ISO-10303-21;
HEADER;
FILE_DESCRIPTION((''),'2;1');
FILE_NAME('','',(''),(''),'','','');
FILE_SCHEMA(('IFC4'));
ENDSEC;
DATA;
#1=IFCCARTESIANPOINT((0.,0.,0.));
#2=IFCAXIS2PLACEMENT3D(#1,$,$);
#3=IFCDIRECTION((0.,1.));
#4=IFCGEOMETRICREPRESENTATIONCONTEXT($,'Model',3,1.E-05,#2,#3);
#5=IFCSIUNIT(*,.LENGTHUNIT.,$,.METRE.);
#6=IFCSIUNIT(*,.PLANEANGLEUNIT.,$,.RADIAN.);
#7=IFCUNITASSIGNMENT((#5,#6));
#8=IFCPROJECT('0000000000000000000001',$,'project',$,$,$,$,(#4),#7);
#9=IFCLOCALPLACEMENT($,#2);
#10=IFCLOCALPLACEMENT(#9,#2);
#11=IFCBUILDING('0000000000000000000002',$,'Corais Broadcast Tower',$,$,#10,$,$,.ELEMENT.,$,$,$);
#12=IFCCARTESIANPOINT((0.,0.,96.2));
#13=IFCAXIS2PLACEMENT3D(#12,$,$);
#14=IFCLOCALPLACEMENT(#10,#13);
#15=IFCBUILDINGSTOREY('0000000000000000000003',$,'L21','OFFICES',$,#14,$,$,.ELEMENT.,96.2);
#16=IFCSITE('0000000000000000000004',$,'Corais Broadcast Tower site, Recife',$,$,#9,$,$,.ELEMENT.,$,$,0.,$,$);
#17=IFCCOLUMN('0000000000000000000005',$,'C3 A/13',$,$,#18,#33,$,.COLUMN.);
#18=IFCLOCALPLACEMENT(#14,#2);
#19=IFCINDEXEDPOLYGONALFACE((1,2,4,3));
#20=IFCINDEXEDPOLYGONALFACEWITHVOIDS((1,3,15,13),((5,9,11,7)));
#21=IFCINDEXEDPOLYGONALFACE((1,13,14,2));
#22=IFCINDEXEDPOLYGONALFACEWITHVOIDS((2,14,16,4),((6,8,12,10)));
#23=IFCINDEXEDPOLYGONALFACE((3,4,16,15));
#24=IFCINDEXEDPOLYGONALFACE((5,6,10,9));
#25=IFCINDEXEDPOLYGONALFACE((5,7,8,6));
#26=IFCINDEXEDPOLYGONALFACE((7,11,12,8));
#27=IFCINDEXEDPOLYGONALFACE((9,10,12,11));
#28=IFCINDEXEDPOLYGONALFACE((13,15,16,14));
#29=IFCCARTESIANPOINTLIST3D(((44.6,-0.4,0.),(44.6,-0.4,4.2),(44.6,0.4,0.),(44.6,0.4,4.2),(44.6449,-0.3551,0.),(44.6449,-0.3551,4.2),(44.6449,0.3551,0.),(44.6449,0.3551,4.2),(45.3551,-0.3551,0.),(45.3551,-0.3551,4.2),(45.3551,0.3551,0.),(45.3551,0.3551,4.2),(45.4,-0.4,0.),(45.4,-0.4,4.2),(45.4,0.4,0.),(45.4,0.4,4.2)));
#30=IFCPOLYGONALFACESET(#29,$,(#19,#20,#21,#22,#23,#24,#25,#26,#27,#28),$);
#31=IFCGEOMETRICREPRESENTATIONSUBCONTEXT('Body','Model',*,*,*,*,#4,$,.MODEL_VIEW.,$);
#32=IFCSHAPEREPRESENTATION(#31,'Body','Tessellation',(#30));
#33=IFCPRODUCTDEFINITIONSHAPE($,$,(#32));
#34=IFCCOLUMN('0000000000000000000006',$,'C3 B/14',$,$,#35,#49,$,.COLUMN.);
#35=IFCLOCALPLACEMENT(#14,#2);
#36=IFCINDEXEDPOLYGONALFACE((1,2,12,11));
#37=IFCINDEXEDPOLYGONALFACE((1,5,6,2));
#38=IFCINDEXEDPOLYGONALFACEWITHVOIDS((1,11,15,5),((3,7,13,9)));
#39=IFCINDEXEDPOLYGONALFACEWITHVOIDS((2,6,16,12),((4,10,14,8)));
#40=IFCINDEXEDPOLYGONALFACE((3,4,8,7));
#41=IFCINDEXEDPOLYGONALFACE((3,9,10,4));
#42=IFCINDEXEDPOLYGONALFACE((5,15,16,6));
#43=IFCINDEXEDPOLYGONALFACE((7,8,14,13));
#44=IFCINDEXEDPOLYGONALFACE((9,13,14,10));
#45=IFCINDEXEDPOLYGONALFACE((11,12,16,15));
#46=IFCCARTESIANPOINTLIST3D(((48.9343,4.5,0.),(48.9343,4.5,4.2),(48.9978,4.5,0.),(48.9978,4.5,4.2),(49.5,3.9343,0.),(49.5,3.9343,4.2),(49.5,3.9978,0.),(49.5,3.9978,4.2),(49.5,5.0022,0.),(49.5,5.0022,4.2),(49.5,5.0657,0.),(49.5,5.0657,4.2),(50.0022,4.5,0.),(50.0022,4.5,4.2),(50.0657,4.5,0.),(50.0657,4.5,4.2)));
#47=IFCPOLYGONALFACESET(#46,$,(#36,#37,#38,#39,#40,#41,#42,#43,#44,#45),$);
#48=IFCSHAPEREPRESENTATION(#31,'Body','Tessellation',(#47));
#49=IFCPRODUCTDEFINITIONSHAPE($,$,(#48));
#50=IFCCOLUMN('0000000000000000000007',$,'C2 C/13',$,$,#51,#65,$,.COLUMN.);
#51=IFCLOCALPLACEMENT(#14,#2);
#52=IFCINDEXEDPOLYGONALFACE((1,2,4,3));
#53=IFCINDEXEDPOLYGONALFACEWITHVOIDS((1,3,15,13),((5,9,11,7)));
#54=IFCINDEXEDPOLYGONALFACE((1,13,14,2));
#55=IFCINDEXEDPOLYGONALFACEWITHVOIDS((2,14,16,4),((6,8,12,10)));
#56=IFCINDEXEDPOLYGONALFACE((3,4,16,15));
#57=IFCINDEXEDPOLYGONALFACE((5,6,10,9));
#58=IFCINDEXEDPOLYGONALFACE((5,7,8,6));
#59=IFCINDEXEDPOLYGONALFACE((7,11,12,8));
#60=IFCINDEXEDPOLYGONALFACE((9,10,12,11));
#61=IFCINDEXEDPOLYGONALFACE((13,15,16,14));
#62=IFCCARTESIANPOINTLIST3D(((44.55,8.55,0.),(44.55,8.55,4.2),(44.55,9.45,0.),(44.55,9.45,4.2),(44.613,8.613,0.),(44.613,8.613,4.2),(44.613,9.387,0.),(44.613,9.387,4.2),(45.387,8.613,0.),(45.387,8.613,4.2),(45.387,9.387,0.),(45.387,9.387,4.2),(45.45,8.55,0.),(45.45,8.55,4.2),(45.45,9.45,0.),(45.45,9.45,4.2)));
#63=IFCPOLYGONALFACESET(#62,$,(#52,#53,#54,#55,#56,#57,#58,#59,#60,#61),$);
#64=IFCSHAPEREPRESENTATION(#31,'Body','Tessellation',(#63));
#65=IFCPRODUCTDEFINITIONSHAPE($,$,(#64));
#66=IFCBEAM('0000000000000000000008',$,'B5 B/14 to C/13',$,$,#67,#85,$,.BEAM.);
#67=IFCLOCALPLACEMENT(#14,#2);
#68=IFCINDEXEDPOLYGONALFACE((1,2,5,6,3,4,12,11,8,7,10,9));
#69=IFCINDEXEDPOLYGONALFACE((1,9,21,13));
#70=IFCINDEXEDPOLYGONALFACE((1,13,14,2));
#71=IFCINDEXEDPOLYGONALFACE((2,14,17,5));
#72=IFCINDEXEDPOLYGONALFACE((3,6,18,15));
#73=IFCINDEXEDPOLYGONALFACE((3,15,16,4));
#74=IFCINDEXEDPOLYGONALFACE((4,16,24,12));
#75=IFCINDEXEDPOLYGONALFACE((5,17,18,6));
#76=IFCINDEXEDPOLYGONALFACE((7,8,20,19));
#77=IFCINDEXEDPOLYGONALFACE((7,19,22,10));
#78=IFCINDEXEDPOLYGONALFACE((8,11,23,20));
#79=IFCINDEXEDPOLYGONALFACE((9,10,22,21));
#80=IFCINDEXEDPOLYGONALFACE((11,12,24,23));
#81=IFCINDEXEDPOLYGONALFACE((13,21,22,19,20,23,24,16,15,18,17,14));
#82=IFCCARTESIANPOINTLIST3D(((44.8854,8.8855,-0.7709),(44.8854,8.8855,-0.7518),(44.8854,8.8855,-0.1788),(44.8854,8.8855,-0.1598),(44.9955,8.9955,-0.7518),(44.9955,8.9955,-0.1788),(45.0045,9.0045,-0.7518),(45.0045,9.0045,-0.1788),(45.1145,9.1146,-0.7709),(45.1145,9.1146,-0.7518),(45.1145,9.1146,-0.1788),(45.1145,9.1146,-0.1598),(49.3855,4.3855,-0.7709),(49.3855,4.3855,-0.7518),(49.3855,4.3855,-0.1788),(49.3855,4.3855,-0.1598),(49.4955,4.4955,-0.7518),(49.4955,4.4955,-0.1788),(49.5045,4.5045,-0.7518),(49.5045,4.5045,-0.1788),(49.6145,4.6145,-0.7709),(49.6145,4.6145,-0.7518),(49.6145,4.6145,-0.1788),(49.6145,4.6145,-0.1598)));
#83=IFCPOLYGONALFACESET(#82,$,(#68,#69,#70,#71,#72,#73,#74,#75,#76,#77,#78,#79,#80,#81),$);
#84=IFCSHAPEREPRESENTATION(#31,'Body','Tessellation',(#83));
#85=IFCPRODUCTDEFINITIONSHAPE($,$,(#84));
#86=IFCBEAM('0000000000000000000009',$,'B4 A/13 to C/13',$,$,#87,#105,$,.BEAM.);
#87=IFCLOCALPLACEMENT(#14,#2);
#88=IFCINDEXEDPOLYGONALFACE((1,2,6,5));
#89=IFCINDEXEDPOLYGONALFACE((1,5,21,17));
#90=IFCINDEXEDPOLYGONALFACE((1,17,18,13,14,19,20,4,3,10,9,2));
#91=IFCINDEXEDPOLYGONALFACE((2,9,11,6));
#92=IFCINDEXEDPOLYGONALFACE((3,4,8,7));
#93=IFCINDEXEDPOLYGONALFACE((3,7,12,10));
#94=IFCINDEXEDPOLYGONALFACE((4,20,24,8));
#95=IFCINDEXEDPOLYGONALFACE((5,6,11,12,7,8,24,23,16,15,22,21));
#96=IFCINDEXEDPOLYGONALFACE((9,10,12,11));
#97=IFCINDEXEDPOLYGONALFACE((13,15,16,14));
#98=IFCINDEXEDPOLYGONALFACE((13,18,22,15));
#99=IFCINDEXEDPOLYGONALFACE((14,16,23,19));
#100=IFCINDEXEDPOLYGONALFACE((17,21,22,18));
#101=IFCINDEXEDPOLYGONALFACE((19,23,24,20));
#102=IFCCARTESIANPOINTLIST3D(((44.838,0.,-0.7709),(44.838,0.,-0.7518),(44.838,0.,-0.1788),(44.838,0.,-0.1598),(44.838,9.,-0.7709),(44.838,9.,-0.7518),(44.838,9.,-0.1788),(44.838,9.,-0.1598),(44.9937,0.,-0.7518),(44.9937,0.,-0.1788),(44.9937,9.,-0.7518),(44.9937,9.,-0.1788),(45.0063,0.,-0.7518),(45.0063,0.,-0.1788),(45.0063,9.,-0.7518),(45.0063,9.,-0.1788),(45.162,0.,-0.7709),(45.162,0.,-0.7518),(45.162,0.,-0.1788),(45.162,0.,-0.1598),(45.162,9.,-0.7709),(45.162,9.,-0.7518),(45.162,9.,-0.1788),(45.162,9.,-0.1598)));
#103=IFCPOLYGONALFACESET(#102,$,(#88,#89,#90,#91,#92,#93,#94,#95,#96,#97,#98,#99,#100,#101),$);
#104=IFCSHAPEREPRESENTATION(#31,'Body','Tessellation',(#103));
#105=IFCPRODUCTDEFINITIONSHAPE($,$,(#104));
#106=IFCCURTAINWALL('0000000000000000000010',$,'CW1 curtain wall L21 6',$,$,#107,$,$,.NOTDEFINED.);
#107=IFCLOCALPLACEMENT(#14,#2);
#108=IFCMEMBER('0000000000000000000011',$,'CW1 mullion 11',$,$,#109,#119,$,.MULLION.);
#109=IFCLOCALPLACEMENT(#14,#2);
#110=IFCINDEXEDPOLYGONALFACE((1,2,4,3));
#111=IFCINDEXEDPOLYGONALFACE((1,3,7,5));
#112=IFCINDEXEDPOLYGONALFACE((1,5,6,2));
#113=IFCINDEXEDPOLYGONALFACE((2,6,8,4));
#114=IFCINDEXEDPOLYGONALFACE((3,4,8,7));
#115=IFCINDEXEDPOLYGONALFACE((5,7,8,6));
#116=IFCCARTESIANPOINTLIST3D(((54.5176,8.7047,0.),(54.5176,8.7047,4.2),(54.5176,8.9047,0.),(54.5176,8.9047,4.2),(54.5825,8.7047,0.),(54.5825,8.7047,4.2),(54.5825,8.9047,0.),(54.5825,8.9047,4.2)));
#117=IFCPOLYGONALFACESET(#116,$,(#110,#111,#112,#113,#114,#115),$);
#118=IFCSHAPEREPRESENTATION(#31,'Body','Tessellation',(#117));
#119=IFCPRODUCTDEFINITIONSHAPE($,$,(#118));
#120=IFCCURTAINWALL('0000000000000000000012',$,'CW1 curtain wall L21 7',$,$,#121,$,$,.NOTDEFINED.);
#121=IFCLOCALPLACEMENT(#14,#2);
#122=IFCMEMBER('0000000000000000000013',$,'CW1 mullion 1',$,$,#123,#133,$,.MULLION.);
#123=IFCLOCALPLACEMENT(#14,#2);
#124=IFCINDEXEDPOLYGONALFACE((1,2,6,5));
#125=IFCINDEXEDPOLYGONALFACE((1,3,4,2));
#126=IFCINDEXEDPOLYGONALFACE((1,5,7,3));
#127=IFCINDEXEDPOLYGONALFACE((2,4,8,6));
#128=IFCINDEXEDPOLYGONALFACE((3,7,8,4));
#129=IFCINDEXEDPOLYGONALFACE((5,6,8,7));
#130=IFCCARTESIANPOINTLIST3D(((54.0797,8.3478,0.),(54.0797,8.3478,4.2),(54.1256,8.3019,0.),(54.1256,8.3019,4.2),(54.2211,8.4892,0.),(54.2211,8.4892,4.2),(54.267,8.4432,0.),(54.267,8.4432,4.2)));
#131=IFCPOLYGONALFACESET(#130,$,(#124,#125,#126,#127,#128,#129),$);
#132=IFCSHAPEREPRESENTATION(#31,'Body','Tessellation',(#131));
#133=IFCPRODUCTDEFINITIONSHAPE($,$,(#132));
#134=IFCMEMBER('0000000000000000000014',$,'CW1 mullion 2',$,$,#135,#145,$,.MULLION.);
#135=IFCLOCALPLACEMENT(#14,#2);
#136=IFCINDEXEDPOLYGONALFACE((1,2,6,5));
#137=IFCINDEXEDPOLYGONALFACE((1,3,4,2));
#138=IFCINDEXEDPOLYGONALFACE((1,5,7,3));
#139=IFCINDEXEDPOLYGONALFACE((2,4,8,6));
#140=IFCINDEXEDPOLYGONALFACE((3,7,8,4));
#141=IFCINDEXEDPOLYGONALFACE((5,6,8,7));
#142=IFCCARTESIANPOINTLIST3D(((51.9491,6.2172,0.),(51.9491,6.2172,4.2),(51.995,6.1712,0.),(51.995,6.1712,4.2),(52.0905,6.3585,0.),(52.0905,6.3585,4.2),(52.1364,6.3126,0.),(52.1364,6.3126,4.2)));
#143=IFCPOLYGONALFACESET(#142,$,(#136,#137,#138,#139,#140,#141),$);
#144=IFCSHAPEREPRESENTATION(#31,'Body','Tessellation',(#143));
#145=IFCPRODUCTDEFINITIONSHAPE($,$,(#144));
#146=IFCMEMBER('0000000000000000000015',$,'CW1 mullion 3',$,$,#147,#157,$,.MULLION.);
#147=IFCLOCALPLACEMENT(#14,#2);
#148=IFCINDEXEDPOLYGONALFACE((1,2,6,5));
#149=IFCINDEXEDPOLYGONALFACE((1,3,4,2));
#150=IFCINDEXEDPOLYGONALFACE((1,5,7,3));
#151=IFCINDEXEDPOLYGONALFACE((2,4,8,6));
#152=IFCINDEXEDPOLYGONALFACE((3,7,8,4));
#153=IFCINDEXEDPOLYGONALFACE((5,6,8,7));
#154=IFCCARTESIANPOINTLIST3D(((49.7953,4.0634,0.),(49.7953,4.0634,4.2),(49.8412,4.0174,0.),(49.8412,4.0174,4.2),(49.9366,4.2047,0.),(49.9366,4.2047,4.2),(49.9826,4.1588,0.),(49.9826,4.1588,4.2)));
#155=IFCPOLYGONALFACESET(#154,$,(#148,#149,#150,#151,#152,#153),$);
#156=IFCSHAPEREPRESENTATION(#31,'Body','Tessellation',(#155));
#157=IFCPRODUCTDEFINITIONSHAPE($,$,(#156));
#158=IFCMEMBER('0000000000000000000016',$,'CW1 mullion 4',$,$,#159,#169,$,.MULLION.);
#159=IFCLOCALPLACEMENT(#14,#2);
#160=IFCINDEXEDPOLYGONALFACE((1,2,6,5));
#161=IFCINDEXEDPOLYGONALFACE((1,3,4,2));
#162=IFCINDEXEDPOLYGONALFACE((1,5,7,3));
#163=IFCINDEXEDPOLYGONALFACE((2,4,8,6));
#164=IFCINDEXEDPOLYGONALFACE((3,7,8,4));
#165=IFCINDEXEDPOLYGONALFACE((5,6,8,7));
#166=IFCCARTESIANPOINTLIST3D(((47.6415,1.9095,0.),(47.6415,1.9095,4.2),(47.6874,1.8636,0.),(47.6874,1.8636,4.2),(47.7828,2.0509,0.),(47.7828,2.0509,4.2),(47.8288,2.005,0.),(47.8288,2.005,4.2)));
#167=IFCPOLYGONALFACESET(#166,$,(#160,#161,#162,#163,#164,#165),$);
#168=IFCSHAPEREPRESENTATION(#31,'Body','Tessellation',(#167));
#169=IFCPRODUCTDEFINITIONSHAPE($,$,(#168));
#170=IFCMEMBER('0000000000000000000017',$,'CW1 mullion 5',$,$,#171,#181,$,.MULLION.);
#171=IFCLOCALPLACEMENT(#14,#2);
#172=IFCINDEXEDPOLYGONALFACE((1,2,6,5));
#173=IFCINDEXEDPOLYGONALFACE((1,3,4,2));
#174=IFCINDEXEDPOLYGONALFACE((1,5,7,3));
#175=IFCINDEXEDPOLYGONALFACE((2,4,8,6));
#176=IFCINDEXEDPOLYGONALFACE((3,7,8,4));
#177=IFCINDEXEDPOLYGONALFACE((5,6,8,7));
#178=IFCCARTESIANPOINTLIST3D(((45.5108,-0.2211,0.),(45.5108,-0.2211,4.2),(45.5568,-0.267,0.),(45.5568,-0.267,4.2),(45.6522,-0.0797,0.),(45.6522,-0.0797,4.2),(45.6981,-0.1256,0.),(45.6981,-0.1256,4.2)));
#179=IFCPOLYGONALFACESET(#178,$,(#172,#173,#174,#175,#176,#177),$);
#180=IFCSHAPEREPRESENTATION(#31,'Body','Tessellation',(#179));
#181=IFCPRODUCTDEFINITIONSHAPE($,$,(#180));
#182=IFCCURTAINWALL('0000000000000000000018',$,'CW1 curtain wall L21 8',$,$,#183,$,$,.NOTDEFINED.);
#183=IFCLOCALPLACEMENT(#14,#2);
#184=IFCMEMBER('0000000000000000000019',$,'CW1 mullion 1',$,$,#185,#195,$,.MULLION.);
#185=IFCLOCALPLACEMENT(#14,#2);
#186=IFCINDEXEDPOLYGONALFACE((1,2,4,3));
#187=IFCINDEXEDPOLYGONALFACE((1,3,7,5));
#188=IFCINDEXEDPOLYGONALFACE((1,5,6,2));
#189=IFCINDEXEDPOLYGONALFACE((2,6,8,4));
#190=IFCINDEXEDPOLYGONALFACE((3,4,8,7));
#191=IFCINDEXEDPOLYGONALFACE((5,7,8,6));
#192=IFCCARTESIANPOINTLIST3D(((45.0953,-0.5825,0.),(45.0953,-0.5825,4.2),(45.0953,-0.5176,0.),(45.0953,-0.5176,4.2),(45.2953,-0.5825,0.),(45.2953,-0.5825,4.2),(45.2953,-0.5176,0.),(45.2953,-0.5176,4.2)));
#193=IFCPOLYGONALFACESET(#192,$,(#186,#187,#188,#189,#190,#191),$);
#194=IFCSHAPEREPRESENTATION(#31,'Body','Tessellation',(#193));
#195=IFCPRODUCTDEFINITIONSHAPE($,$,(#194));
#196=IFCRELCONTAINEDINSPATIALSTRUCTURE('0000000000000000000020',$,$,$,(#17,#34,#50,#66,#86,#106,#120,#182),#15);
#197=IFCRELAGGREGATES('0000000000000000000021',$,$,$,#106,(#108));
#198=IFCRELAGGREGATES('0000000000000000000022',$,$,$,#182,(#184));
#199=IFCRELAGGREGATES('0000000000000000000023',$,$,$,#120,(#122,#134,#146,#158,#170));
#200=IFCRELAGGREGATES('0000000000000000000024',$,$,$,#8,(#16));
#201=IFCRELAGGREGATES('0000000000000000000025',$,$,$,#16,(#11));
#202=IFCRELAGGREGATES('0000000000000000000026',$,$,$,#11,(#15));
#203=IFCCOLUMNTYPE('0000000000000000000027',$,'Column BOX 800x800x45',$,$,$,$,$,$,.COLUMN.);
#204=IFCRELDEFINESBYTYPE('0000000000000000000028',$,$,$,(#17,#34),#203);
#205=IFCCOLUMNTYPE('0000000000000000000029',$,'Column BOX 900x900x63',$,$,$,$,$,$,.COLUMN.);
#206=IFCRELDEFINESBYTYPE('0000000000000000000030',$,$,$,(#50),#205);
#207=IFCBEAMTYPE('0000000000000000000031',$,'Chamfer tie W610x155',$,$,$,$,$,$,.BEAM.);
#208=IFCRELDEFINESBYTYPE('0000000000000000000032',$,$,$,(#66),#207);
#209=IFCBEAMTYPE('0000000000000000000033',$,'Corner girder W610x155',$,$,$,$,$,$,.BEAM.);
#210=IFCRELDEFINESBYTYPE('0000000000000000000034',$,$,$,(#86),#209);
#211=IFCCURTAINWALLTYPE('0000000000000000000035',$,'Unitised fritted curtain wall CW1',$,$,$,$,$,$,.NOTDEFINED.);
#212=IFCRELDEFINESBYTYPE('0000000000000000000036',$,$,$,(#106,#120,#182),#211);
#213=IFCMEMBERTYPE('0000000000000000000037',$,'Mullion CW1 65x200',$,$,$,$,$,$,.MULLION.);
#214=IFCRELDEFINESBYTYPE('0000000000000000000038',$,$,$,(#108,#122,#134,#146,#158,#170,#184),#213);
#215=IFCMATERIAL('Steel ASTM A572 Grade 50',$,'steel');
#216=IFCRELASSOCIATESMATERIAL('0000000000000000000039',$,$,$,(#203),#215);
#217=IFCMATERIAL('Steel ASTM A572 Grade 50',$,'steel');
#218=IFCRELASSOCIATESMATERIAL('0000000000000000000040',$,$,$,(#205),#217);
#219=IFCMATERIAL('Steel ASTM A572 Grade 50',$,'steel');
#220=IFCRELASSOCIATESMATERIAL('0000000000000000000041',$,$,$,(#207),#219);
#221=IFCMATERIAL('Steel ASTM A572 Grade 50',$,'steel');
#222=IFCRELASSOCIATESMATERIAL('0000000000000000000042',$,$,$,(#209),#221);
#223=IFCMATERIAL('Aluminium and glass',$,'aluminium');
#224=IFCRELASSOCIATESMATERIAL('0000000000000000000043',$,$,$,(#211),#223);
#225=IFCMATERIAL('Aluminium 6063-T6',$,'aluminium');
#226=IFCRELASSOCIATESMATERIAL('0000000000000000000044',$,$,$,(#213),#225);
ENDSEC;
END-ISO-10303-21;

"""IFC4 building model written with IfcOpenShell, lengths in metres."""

from ifc_helpers import new_model, si_unit, direction, frame, origin, origin_2d, place, context, subcontext, project, spatial, rectangle, hollow_rectangle, i_section, extrude, material, material_profile, profile_set, type_object, element, aggregate, save


model = new_model("IFC4")

# Units and contexts
model_context = context("Model", 3, precision=1e-05, world=origin(), true_north=direction((0.0, 1.0)))
body_context = subcontext(model_context, "Body", "Model", "MODEL_VIEW")
ifc_project = project(units=[si_unit("LENGTHUNIT", "METRE"), si_unit("PLANEANGLEUNIT", "RADIAN")], contexts=[model_context])

# Site, building, storey
site_placement = place(None, origin())
site = spatial("IfcSite", under=ifc_project, at=site_placement, Name="Corais Broadcast Tower site, Recife", CompositionType="ELEMENT", RefElevation=0.0)
building_placement = place(site_placement, origin())
building = spatial("IfcBuilding", under=site, at=building_placement, Name="Corais Broadcast Tower", CompositionType="ELEMENT")
storey_placement = place(building_placement, frame((0.0, 0.0, 96.2)))
storey = spatial("IfcBuildingStorey", under=building, at=storey_placement, Name="L21", Description="OFFICES", CompositionType="ELEMENT", Elevation=96.2)

# Columns
ifc_material_1 = material(Name="Steel ASTM A572 Grade 50", Category="steel")
ifc_material_profile_1 = material_profile(ifc_material_1, hollow_rectangle(XDim=0.8, YDim=0.8, WallThickness=0.0449, at=origin_2d()), Name="BOX 800x800x45")
ifc_profile_set_1 = profile_set([ifc_material_profile_1], Name="Steel ASTM A572 Grade 50")
column_type_1 = type_object("IfcColumnType", Name="Column BOX 800x800x45", PredefinedType="COLUMN", material=ifc_profile_set_1)
for number, where, z_axis, x_axis, name in (
    (1, (45.0, 0.0, 0.0), (0.0, 0.0, 1.0), (1.0, 0.0, 0.0), "C3 A/13"),
    (2, (49.5, 4.5, 0.0), (0.0, 0.0, 1.0), (0.707107, 0.707107, 0.0), "C3 B/14"),
):
    element("IfcColumn", number, at=place(storey_placement, frame(where, z_axis=z_axis, x_axis=x_axis)), inside=storey, type_object=column_type_1, Name=name, PredefinedType="COLUMN", context=body_context, shape_type="SweptSolid", body=[
        extrude(hollow_rectangle(XDim=0.8, YDim=0.8, WallThickness=0.0449, at=origin_2d()), origin(), (0.0, 0.0, 1.0), 4.2),
    ])
ifc_material_2 = material(Name="Steel ASTM A572 Grade 50", Category="steel")
ifc_material_profile_2 = material_profile(ifc_material_2, hollow_rectangle(XDim=0.8999, YDim=0.8999, WallThickness=0.063, at=origin_2d()), Name="BOX 900x900x63")
ifc_profile_set_2 = profile_set([ifc_material_profile_2], Name="Steel ASTM A572 Grade 50")
column_type_2 = type_object("IfcColumnType", Name="Column BOX 900x900x63", PredefinedType="COLUMN", material=ifc_profile_set_2)
column_placement = place(storey_placement, frame((45.0, 9.0, 0.0), z_axis=(0.0, 0.0, 1.0), x_axis=(1.0, 0.0, 0.0)))
element("IfcColumn", 3, at=column_placement, inside=storey, type_object=column_type_2, Name="C2 C/13", PredefinedType="COLUMN", context=body_context, shape_type="SweptSolid", body=[
    extrude(hollow_rectangle(XDim=0.8999, YDim=0.8999, WallThickness=0.063, at=origin_2d()), origin(), (0.0, 0.0, 1.0), 4.2),
])

# Beams
ifc_material_3 = material(Name="Steel ASTM A572 Grade 50", Category="steel")
ifc_material_profile_3 = material_profile(ifc_material_3, i_section(OverallWidth=0.324, OverallDepth=0.6111, WebThickness=0.0127, FlangeThickness=0.019, at=origin_2d()), Name="W610x155")
ifc_profile_set_3 = profile_set([ifc_material_profile_3], Name="Steel ASTM A572 Grade 50")
beam_type_1 = type_object("IfcBeamType", Name="Chamfer tie W610x155", PredefinedType="BEAM", material=ifc_profile_set_3)
beam_1_placement = place(storey_placement, frame((49.5, 4.5, -0.4653), z_axis=(-0.707107, 0.707107, 0.0), x_axis=(-0.707107, -0.707107, 0.0)))
element("IfcBeam", 4, at=beam_1_placement, inside=storey, type_object=beam_type_1, Name="B5 B/14 to C/13", PredefinedType="BEAM", context=body_context, shape_type="SweptSolid", body=[
    extrude(i_section(OverallWidth=0.324, OverallDepth=0.6111, WebThickness=0.0127, FlangeThickness=0.019, at=origin_2d()), origin(), (0.0, 0.0, 1.0), 6.364),
])
ifc_material_4 = material(Name="Steel ASTM A572 Grade 50", Category="steel")
ifc_material_profile_4 = material_profile(ifc_material_4, i_section(OverallWidth=0.324, OverallDepth=0.6111, WebThickness=0.0127, FlangeThickness=0.019, at=origin_2d()), Name="W610x155")
ifc_profile_set_4 = profile_set([ifc_material_profile_4], Name="Steel ASTM A572 Grade 50")
beam_type_2 = type_object("IfcBeamType", Name="Corner girder W610x155", PredefinedType="BEAM", material=ifc_profile_set_4)
beam_2_placement = place(storey_placement, frame((45.0, 0.0, -0.4653), z_axis=(0.0, 1.0, 0.0), x_axis=(-1.0, 0.0, 0.0)))
element("IfcBeam", 5, at=beam_2_placement, inside=storey, type_object=beam_type_2, Name="B4 A/13 to C/13", PredefinedType="BEAM", context=body_context, shape_type="SweptSolid", body=[
    extrude(i_section(OverallWidth=0.324, OverallDepth=0.6111, WebThickness=0.0127, FlangeThickness=0.019, at=origin_2d()), origin(), (0.0, 0.0, 1.0), 9.0),
])

# Curtain wall, member
ifc_material_5 = material(Name="Aluminium and glass", Category="aluminium")
curtain_wall_type = type_object("IfcCurtainWallType", Name="Unitised fritted curtain wall CW1", PredefinedType="NOTDEFINED", material=ifc_material_5)
curtain_wall_1_placement = place(storey_placement, origin())
curtain_wall_1 = element("IfcCurtainWall", 6, at=curtain_wall_1_placement, inside=storey, type_object=curtain_wall_type, Name="CW1 curtain wall L21 6", PredefinedType="NOTDEFINED")
ifc_material_6 = material(Name="Aluminium 6063-T6", Category="aluminium")
ifc_material_profile_5 = material_profile(ifc_material_6, rectangle(XDim=0.0649, YDim=0.2, at=origin_2d()), Name="Mullion CW1 65x200")
ifc_profile_set_5 = profile_set([ifc_material_profile_5], Name="Aluminium 6063-T6")
member_type_1 = type_object("IfcMemberType", Name="Mullion CW1 65x200", PredefinedType="MULLION", material=ifc_profile_set_5)
member_1_placement = place(storey_placement, frame((54.55, 8.8047, 0.0), z_axis=(0.0, 0.0, 1.0), x_axis=(1.0, 0.0, 0.0)))
member_1 = element("IfcMember", 7, at=member_1_placement, type_object=member_type_1, Name="CW1 mullion 11", PredefinedType="MULLION", context=body_context, shape_type="SweptSolid", body=[
    extrude(rectangle(XDim=0.0649, YDim=0.2, at=origin_2d()), origin(), (0.0, 0.0, 1.0), 4.2),
])
aggregate(curtain_wall_1, [member_1])

# Curtain wall, members
curtain_wall_2_placement = place(storey_placement, origin())
curtain_wall_2 = element("IfcCurtainWall", 8, at=curtain_wall_2_placement, inside=storey, type_object=curtain_wall_type, Name="CW1 curtain wall L21 7", PredefinedType="NOTDEFINED")
member_2_placement = place(storey_placement, frame((54.1733, 8.3955, 0.0), z_axis=(0.0, 0.0, 1.0), x_axis=(0.707107, -0.707107, 0.0)))
member_2 = element("IfcMember", 9, at=member_2_placement, type_object=member_type_1, Name="CW1 mullion 1", PredefinedType="MULLION", context=body_context, shape_type="SweptSolid", body=[
    extrude(rectangle(XDim=0.0649, YDim=0.2, at=origin_2d()), origin(), (0.0, 0.0, 1.0), 4.2),
])
member_3_placement = place(storey_placement, frame((52.0427, 6.2649, 0.0), z_axis=(0.0, 0.0, 1.0), x_axis=(0.707107, -0.707107, 0.0)))
member_3 = element("IfcMember", 10, at=member_3_placement, type_object=member_type_1, Name="CW1 mullion 2", PredefinedType="MULLION", context=body_context, shape_type="SweptSolid", body=[
    extrude(rectangle(XDim=0.0649, YDim=0.2, at=origin_2d()), origin(), (0.0, 0.0, 1.0), 4.2),
])
member_4_placement = place(storey_placement, frame((49.8889, 4.1111, 0.0), z_axis=(0.0, 0.0, 1.0), x_axis=(0.707107, -0.707107, 0.0)))
member_4 = element("IfcMember", 11, at=member_4_placement, type_object=member_type_1, Name="CW1 mullion 3", PredefinedType="MULLION", context=body_context, shape_type="SweptSolid", body=[
    extrude(rectangle(XDim=0.0649, YDim=0.2, at=origin_2d()), origin(), (0.0, 0.0, 1.0), 4.2),
])
member_5_placement = place(storey_placement, frame((47.7351, 1.9573, 0.0), z_axis=(0.0, 0.0, 1.0), x_axis=(0.707107, -0.707107, 0.0)))
member_5 = element("IfcMember", 12, at=member_5_placement, type_object=member_type_1, Name="CW1 mullion 4", PredefinedType="MULLION", context=body_context, shape_type="SweptSolid", body=[
    extrude(rectangle(XDim=0.0649, YDim=0.2, at=origin_2d()), origin(), (0.0, 0.0, 1.0), 4.2),
])
member_6_placement = place(storey_placement, frame((45.6045, -0.1733, 0.0), z_axis=(0.0, 0.0, 1.0), x_axis=(0.707107, -0.707107, 0.0)))
member_6 = element("IfcMember", 13, at=member_6_placement, type_object=member_type_1, Name="CW1 mullion 5", PredefinedType="MULLION", context=body_context, shape_type="SweptSolid", body=[
    extrude(rectangle(XDim=0.0649, YDim=0.2, at=origin_2d()), origin(), (0.0, 0.0, 1.0), 4.2),
])

# Curtain wall, member
curtain_wall_3_placement = place(storey_placement, origin())
curtain_wall_3 = element("IfcCurtainWall", 14, at=curtain_wall_3_placement, inside=storey, type_object=curtain_wall_type, Name="CW1 curtain wall L21 8", PredefinedType="NOTDEFINED")
member_7_placement = place(storey_placement, frame((45.1953, -0.55, 0.0), z_axis=(0.0, 0.0, 1.0), x_axis=(0.0, -1.0, 0.0)))
member_7 = element("IfcMember", 15, at=member_7_placement, type_object=member_type_1, Name="CW1 mullion 1", PredefinedType="MULLION", context=body_context, shape_type="SweptSolid", body=[
    extrude(rectangle(XDim=0.0649, YDim=0.2, at=origin_2d()), origin(), (0.0, 0.0, 1.0), 4.2),
])

aggregate(curtain_wall_3, [member_7])
aggregate(curtain_wall_2, [member_2, member_3, member_4, member_5, member_6])

save(model, "model.ifc")
